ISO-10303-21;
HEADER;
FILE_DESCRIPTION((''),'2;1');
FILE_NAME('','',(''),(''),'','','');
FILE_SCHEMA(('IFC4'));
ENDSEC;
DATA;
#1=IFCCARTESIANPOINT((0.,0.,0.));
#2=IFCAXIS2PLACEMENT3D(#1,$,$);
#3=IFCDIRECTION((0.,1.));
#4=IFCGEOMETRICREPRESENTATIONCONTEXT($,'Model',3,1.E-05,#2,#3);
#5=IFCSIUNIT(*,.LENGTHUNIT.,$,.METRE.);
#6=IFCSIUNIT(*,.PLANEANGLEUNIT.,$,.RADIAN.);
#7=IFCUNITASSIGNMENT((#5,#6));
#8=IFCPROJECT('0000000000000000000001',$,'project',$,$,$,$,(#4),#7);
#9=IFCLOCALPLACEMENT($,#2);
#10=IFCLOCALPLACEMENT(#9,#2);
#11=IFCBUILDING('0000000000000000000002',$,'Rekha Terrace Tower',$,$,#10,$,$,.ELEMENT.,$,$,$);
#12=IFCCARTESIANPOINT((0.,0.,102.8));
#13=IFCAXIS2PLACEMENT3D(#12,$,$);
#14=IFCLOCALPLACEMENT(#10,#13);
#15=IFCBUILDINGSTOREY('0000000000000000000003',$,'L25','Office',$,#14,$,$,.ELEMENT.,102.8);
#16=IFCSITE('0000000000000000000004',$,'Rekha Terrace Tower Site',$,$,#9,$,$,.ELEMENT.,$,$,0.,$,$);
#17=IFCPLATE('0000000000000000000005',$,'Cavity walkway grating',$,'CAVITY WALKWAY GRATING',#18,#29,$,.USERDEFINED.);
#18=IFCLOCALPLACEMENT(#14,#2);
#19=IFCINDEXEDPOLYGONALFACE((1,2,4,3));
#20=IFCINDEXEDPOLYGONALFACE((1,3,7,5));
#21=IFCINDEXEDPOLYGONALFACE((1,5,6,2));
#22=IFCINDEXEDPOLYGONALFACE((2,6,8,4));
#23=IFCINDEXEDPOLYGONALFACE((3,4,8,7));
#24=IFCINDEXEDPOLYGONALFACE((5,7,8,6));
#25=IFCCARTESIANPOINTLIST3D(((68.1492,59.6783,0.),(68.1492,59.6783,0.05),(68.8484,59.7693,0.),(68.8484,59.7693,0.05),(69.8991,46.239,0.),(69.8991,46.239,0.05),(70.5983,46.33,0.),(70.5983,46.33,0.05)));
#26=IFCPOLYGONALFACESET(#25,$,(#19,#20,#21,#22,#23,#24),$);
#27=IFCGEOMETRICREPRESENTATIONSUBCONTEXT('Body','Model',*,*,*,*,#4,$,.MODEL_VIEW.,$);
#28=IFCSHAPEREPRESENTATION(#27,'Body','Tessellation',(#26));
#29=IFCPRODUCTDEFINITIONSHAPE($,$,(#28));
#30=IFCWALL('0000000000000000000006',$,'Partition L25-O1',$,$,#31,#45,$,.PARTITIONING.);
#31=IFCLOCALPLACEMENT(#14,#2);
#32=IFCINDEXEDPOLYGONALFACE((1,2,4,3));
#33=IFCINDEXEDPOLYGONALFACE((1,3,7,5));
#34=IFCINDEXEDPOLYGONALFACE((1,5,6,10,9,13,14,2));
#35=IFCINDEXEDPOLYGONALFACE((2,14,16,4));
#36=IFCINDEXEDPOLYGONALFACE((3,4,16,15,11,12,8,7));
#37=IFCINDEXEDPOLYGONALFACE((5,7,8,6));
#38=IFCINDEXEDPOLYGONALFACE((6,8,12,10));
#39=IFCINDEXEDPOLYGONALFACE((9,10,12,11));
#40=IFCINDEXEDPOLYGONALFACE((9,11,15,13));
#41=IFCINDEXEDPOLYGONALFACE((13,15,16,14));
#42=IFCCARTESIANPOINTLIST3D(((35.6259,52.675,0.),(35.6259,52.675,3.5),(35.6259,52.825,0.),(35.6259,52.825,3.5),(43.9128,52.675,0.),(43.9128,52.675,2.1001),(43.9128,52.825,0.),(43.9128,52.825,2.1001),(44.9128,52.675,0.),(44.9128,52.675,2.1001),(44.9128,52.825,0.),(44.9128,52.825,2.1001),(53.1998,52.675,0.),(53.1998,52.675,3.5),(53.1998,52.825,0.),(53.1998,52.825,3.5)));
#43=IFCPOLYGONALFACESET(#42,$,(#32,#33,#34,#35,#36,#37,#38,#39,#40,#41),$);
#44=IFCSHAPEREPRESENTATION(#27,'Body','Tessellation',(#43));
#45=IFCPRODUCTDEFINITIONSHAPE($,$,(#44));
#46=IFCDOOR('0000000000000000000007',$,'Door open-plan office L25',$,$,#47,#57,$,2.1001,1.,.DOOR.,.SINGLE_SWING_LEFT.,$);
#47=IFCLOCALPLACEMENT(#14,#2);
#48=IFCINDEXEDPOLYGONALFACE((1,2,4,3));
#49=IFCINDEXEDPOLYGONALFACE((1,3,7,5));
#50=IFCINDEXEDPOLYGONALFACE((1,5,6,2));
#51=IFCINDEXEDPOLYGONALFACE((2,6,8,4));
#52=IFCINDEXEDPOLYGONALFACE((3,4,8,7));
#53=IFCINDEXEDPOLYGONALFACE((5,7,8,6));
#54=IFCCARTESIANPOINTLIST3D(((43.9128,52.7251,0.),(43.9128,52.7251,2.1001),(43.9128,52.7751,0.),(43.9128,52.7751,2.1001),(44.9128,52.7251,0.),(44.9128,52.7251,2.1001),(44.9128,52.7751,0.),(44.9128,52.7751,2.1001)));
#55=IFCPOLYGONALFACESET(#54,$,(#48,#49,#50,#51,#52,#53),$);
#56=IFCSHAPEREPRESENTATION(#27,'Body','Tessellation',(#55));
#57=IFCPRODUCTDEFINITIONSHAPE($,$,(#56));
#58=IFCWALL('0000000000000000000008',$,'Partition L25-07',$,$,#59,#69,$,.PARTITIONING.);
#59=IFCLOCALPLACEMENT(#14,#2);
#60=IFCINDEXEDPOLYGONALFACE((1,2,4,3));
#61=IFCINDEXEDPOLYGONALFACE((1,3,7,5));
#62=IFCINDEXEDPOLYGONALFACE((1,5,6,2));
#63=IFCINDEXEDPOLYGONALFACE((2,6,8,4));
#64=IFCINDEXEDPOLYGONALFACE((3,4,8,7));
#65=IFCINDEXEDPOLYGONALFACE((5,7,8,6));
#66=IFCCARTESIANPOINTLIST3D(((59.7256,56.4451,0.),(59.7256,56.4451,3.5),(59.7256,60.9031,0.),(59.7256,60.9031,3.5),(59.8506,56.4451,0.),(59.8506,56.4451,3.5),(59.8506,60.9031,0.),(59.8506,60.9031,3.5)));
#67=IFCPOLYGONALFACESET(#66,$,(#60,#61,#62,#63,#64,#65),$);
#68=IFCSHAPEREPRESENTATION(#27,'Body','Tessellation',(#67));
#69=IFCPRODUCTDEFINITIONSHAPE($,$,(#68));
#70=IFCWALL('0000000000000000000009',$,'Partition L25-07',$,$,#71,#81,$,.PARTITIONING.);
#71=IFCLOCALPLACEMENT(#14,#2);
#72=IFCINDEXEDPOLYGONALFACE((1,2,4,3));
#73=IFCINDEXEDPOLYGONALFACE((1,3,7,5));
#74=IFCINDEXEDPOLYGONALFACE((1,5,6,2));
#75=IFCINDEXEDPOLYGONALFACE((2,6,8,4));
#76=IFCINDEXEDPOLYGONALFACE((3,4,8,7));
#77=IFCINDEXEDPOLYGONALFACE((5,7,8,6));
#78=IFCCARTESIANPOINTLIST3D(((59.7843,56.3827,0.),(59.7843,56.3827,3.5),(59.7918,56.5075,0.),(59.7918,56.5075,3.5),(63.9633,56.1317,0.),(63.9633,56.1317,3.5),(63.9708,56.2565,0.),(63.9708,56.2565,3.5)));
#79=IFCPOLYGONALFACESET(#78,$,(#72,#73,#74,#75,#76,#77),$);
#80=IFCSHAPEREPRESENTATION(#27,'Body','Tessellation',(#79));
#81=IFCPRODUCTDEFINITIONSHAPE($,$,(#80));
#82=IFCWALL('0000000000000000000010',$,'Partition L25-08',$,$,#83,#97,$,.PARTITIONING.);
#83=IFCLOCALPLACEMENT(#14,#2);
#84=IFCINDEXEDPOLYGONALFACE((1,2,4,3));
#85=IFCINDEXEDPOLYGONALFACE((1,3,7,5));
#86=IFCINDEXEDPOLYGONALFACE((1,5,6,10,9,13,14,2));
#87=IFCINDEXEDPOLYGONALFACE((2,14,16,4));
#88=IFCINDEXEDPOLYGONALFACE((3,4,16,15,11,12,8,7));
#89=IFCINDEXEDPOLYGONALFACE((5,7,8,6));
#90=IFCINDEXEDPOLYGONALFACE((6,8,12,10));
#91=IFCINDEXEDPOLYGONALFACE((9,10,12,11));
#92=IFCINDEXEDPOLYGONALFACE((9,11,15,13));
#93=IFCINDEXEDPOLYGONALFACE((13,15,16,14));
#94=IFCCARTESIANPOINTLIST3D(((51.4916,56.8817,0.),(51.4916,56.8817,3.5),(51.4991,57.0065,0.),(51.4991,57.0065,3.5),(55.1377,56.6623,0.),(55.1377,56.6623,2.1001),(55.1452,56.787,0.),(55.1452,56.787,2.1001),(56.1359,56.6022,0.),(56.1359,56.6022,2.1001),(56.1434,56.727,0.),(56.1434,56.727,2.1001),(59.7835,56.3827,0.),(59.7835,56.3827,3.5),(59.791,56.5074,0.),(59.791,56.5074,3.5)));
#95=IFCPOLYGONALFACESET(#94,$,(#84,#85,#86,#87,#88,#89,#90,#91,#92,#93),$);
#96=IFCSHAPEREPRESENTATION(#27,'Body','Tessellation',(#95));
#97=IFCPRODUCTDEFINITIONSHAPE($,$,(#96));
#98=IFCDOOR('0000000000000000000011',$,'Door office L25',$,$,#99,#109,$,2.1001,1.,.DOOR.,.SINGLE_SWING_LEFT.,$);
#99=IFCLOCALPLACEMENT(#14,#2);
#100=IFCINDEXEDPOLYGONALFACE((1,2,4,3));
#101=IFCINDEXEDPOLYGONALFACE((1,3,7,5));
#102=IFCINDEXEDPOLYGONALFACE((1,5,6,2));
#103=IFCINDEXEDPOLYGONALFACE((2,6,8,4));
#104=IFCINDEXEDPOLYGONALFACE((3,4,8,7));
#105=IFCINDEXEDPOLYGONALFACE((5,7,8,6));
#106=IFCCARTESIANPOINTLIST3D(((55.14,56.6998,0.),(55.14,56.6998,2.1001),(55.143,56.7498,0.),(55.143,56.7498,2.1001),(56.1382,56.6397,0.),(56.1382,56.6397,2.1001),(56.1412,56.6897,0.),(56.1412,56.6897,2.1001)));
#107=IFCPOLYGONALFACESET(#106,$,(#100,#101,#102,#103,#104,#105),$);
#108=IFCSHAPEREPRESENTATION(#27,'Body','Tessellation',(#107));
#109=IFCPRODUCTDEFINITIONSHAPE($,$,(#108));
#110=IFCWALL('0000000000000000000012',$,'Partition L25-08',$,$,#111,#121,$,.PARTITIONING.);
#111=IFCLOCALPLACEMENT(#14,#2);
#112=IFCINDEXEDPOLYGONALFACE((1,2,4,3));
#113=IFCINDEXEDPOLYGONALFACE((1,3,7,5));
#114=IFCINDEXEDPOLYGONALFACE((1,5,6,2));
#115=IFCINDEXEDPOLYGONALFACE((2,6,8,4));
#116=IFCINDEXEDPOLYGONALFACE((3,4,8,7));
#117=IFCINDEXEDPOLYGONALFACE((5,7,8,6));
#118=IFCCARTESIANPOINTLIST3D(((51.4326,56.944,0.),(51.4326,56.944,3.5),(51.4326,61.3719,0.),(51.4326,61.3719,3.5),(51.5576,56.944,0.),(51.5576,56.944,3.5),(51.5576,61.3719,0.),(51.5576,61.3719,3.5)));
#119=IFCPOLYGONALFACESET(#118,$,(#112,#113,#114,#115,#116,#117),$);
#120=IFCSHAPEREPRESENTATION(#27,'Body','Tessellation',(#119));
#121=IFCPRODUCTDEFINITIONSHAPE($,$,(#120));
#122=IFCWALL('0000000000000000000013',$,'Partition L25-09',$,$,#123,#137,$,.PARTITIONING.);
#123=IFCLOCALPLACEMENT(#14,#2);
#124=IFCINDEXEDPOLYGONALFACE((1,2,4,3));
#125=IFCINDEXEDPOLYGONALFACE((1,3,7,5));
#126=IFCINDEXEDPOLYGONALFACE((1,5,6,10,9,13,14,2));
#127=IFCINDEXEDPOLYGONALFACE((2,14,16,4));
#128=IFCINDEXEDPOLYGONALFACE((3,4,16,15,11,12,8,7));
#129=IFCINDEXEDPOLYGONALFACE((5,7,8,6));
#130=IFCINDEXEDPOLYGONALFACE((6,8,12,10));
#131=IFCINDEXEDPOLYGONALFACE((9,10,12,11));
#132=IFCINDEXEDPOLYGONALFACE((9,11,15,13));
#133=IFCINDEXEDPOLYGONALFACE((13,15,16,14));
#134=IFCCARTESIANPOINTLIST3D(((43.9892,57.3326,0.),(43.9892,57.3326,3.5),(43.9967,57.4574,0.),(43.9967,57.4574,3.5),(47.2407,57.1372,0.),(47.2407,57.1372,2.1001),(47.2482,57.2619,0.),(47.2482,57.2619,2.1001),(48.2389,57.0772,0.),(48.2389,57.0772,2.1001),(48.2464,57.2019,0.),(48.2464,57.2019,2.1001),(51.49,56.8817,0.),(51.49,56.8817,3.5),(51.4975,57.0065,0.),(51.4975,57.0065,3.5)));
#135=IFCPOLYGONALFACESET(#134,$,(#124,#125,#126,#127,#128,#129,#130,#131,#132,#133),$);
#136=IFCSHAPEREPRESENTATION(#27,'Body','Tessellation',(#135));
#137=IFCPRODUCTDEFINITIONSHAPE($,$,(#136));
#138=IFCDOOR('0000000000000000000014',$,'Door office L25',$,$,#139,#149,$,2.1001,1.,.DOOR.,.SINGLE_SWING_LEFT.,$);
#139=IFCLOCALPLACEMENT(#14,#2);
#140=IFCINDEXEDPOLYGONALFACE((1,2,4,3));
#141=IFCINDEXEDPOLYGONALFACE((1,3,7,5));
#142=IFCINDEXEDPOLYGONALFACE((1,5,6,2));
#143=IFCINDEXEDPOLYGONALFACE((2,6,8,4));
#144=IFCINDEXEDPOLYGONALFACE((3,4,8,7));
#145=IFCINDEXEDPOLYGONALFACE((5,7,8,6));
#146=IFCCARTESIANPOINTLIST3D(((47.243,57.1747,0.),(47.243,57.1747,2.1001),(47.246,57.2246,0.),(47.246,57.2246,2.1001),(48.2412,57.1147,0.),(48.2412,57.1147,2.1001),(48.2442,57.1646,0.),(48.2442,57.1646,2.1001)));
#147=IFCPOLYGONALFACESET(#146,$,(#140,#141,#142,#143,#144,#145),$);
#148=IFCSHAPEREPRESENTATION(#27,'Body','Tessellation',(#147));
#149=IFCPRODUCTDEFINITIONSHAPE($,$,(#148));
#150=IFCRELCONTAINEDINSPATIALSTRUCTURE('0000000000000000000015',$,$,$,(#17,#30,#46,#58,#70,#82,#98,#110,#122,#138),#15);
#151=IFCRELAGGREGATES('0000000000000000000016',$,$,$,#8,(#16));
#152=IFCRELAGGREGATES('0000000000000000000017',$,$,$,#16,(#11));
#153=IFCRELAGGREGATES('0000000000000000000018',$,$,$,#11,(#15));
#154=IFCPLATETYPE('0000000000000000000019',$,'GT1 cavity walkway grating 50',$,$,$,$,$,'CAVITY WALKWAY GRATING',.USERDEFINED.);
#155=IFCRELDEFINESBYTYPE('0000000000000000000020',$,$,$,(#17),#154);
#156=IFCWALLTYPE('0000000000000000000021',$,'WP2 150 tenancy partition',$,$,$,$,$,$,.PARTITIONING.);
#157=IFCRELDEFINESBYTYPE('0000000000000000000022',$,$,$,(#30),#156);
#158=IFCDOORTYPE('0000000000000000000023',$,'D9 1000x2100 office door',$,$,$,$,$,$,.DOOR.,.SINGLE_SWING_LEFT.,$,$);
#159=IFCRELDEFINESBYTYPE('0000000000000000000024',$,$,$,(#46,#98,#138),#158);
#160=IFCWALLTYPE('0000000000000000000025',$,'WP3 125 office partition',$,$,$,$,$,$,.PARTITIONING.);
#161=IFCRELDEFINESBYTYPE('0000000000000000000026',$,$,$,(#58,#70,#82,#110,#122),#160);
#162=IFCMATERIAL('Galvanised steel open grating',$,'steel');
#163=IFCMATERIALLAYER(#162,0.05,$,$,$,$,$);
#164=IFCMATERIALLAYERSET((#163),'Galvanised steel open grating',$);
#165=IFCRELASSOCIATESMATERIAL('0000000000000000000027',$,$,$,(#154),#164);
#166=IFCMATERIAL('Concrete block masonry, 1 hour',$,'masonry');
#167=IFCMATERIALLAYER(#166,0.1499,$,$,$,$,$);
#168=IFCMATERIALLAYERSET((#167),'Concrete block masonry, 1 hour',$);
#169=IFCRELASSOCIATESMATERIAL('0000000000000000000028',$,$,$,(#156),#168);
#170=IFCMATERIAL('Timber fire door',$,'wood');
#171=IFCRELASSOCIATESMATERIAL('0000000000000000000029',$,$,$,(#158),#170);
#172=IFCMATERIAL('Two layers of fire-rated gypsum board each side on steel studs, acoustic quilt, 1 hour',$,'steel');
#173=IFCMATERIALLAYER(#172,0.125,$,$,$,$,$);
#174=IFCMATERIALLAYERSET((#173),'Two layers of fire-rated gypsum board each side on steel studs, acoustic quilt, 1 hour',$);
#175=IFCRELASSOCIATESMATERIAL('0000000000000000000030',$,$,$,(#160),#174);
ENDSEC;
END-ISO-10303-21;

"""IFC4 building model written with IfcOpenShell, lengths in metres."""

from ifc_helpers import new_model, si_unit, direction, frame, frame_2d, origin, origin_2d, place, context, subcontext, project, spatial, rectangle, extrude, material, layer, layer_set, type_object, element, fill, save


model = new_model("IFC4")

# Units and contexts
model_context = context("Model", 3, precision=1e-05, world=origin(), true_north=direction((0.0, 1.0)))
body_context = subcontext(model_context, "Body", "Model", "MODEL_VIEW")
ifc_project = project(units=[si_unit("LENGTHUNIT", "METRE"), si_unit("PLANEANGLEUNIT", "RADIAN")], contexts=[model_context])

# Site, building, storey
site_placement = place(None, origin())
site = spatial("IfcSite", under=ifc_project, at=site_placement, Name="Rekha Terrace Tower Site", CompositionType="ELEMENT", RefElevation=0.0)
building_placement = place(site_placement, origin())
building = spatial("IfcBuilding", under=site, at=building_placement, Name="Rekha Terrace Tower", CompositionType="ELEMENT")
storey_placement = place(building_placement, frame((0.0, 0.0, 102.8)))
storey = spatial("IfcBuildingStorey", under=building, at=storey_placement, Name="L25", Description="Office", CompositionType="ELEMENT", Elevation=102.8)

# Plate
ifc_material_1 = material(Name="Galvanised steel open grating", Category="steel")
ifc_layer_1 = layer(ifc_material_1, 0.05)
ifc_layer_set_1 = layer_set([ifc_layer_1], Name="Galvanised steel open grating")
plate_type_1 = type_object("IfcPlateType", Name="GT1 cavity walkway grating 50", ElementType="CAVITY WALKWAY GRATING", PredefinedType="USERDEFINED", material=ifc_layer_set_1)
plate_1_placement = place(storey_placement, frame((69.3738, 53.0042, 0.0), z_axis=(0.0, 0.0, 1.0), x_axis=(-0.129118, 0.991629, 0.0)))
element("IfcPlate", 1, at=plate_1_placement, inside=storey, type_object=plate_type_1, Name="Cavity walkway grating", ObjectType="CAVITY WALKWAY GRATING", PredefinedType="USERDEFINED", context=body_context, shape_type="SweptSolid", body=[
    extrude(rectangle(XDim=13.5527, YDim=0.7051, at=origin_2d()), origin(), (0.0, 0.0, 1.0), 0.05),
])

# Wall, opening, door
ifc_material_2 = material(Name="Concrete block masonry, 1 hour", Category="masonry")
ifc_layer_2 = layer(ifc_material_2, 0.1499)
ifc_layer_set_2 = layer_set([ifc_layer_2], Name="Concrete block masonry, 1 hour")
wall_type_1 = type_object("IfcWallType", Name="WP2 150 tenancy partition", PredefinedType="PARTITIONING", material=ifc_layer_set_2)
wall_1_placement = place(storey_placement, frame((53.2, 52.75, 0.0), z_axis=(0.0, 0.0, 1.0), x_axis=(-1.0, 0.0, 0.0)))
wall_1 = element("IfcWall", 2, at=wall_1_placement, inside=storey, type_object=wall_type_1, Name="Partition L25-O1", PredefinedType="PARTITIONING", context=body_context, shape_type="SweptSolid", body=[
    extrude(rectangle(XDim=17.574, YDim=0.1499, at=frame_2d((8.7871, 0.0))), origin(), (0.0, 0.0, 1.0), 3.5),
])
opening_1_placement = place(wall_1_placement, frame((8.2871, 0.0, 0.0)))
opening_1 = element("IfcOpeningElement", 3, at=opening_1_placement, cuts=wall_1, PredefinedType="OPENING", context=body_context, shape_type="SweptSolid", body=[
    extrude(rectangle(XDim=1.0, YDim=2.1001, at=frame_2d((0.5, 1.05))), frame((0.0, 0.085, 0.0), z_axis=(0.0, -1.0, 0.0), x_axis=(1.0, 0.0, 0.0)), (0.0, 0.0, 1.0), 0.1699),
])
ifc_material_3 = material(Name="Timber fire door", Category="wood")
door_type = type_object("IfcDoorType", Name="D9 1000x2100 office door", OperationType="SINGLE_SWING_LEFT", PredefinedType="DOOR", material=ifc_material_3)
door_1_placement = place(opening_1_placement, origin())
door_1 = element("IfcDoor", 4, at=door_1_placement, inside=storey, type_object=door_type, Name="Door open-plan office L25", OperationType="SINGLE_SWING_LEFT", OverallHeight=2.1001, OverallWidth=1.0, PredefinedType="DOOR", context=body_context, shape_type="SweptSolid", body=[
    extrude(rectangle(XDim=1.0, YDim=2.1001, at=frame_2d((0.5, 1.05))), frame((0.0, 0.0249, 0.0), z_axis=(0.0, -1.0, 0.0), x_axis=(1.0, 0.0, 0.0)), (0.0, 0.0, 1.0), 0.05),
])
fill(opening_1, door_1)

# Walls
ifc_material_4 = material(Name="Two layers of fire-rated gypsum board each side on steel studs, acoustic quilt, 1 hour", Category="steel")
ifc_layer_3 = layer(ifc_material_4, 0.125)
ifc_layer_set_3 = layer_set([ifc_layer_3], Name="Two layers of fire-rated gypsum board each side on steel studs, acoustic quilt, 1 hour")
wall_type_2 = type_object("IfcWallType", Name="WP3 125 office partition", PredefinedType="PARTITIONING", material=ifc_layer_set_3)
wall_2_placement = place(storey_placement, frame((59.7881, 56.4451, 0.0), z_axis=(0.0, 0.0, 1.0), x_axis=(0.0, 1.0, 0.0)))
element("IfcWall", 5, at=wall_2_placement, inside=storey, type_object=wall_type_2, Name="Partition L25-07", PredefinedType="PARTITIONING", context=body_context, shape_type="SweptSolid", body=[
    extrude(rectangle(XDim=4.458, YDim=0.125, at=frame_2d((2.229, 0.0))), origin(), (0.0, 0.0, 1.0), 3.5),
])
wall_3_placement = place(storey_placement, frame((63.967, 56.1941, 0.0), z_axis=(0.0, 0.0, 1.0), x_axis=(-0.998201, 0.059949, 0.0)))
element("IfcWall", 6, at=wall_3_placement, inside=storey, type_object=wall_type_2, Name="Partition L25-07", PredefinedType="PARTITIONING", context=body_context, shape_type="SweptSolid", body=[
    extrude(rectangle(XDim=4.1865, YDim=0.125, at=frame_2d((2.0933, 0.0))), origin(), (0.0, 0.0, 1.0), 3.5),
])

# Wall, opening, door
wall_4_placement = place(storey_placement, frame((59.7871, 56.4451, 0.0), z_axis=(0.0, 0.0, 1.0), x_axis=(-0.998194, 0.060073, 0.0)))
wall_4 = element("IfcWall", 7, at=wall_4_placement, inside=storey, type_object=wall_type_2, Name="Partition L25-08", PredefinedType="PARTITIONING", context=body_context, shape_type="SweptSolid", body=[
    extrude(rectangle(XDim=8.3069, YDim=0.125, at=frame_2d((4.1533, 0.0))), origin(), (0.0, 0.0, 1.0), 3.5),
])
opening_2_placement = place(wall_4_placement, frame((3.6541, 0.0, 0.0)))
opening_2 = element("IfcOpeningElement", 8, at=opening_2_placement, cuts=wall_4, PredefinedType="OPENING", context=body_context, shape_type="SweptSolid", body=[
    extrude(rectangle(XDim=1.0, YDim=2.1001, at=frame_2d((0.5, 1.05))), frame((0.0, 0.0725, 0.0), z_axis=(0.0, -1.0, 0.0), x_axis=(1.0, 0.0, 0.0)), (0.0, 0.0, 1.0), 0.145),
])
door_2_placement = place(opening_2_placement, origin())
door_2 = element("IfcDoor", 9, at=door_2_placement, inside=storey, type_object=door_type, Name="Door office L25", OperationType="SINGLE_SWING_LEFT", OverallHeight=2.1001, OverallWidth=1.0, PredefinedType="DOOR", context=body_context, shape_type="SweptSolid", body=[
    extrude(rectangle(XDim=1.0, YDim=2.1001, at=frame_2d((0.5, 1.05))), frame((0.0, 0.0249, 0.0), z_axis=(0.0, -1.0, 0.0), x_axis=(1.0, 0.0, 0.0)), (0.0, 0.0, 1.0), 0.05),
])
fill(opening_2, door_2)

# Wall
wall_5_placement = place(storey_placement, frame((51.4951, 56.9441, 0.0), z_axis=(0.0, 0.0, 1.0), x_axis=(0.0, 1.0, 0.0)))
element("IfcWall", 10, at=wall_5_placement, inside=storey, type_object=wall_type_2, Name="Partition L25-08", PredefinedType="PARTITIONING", context=body_context, shape_type="SweptSolid", body=[
    extrude(rectangle(XDim=4.428, YDim=0.125, at=frame_2d((2.2139, 0.0))), origin(), (0.0, 0.0, 1.0), 3.5),
])

# Wall, opening, door
wall_6_placement = place(storey_placement, frame((51.4939, 56.9441, 0.0), z_axis=(0.0, 0.0, 1.0), x_axis=(-0.998198, 0.060008, 0.0)))
wall_6 = element("IfcWall", 11, at=wall_6_placement, inside=storey, type_object=wall_type_2, Name="Partition L25-09", PredefinedType="PARTITIONING", context=body_context, shape_type="SweptSolid", body=[
    extrude(rectangle(XDim=7.5144, YDim=0.125, at=frame_2d((3.7573, 0.0))), origin(), (0.0, 0.0, 1.0), 3.5),
])
opening_3_placement = place(wall_6_placement, frame((3.2571, 0.0, 0.0)))
opening_3 = element("IfcOpeningElement", 12, at=opening_3_placement, cuts=wall_6, PredefinedType="OPENING", context=body_context, shape_type="SweptSolid", body=[
    extrude(rectangle(XDim=1.0, YDim=2.1001, at=frame_2d((0.5, 1.05))), frame((0.0, 0.0725, 0.0), z_axis=(0.0, -1.0, 0.0), x_axis=(1.0, 0.0, 0.0)), (0.0, 0.0, 1.0), 0.145),
])
door_3_placement = place(opening_3_placement, origin())
door_3 = element("IfcDoor", 13, at=door_3_placement, inside=storey, type_object=door_type, Name="Door office L25", OperationType="SINGLE_SWING_LEFT", OverallHeight=2.1001, OverallWidth=1.0, PredefinedType="DOOR", context=body_context, shape_type="SweptSolid", body=[
    extrude(rectangle(XDim=1.0, YDim=2.1001, at=frame_2d((0.5, 1.05))), frame((0.0, 0.0249, 0.0), z_axis=(0.0, -1.0, 0.0), x_axis=(1.0, 0.0, 0.0)), (0.0, 0.0, 1.0), 0.05),
])
fill(opening_3, door_3)

save(model, "model.ifc")
